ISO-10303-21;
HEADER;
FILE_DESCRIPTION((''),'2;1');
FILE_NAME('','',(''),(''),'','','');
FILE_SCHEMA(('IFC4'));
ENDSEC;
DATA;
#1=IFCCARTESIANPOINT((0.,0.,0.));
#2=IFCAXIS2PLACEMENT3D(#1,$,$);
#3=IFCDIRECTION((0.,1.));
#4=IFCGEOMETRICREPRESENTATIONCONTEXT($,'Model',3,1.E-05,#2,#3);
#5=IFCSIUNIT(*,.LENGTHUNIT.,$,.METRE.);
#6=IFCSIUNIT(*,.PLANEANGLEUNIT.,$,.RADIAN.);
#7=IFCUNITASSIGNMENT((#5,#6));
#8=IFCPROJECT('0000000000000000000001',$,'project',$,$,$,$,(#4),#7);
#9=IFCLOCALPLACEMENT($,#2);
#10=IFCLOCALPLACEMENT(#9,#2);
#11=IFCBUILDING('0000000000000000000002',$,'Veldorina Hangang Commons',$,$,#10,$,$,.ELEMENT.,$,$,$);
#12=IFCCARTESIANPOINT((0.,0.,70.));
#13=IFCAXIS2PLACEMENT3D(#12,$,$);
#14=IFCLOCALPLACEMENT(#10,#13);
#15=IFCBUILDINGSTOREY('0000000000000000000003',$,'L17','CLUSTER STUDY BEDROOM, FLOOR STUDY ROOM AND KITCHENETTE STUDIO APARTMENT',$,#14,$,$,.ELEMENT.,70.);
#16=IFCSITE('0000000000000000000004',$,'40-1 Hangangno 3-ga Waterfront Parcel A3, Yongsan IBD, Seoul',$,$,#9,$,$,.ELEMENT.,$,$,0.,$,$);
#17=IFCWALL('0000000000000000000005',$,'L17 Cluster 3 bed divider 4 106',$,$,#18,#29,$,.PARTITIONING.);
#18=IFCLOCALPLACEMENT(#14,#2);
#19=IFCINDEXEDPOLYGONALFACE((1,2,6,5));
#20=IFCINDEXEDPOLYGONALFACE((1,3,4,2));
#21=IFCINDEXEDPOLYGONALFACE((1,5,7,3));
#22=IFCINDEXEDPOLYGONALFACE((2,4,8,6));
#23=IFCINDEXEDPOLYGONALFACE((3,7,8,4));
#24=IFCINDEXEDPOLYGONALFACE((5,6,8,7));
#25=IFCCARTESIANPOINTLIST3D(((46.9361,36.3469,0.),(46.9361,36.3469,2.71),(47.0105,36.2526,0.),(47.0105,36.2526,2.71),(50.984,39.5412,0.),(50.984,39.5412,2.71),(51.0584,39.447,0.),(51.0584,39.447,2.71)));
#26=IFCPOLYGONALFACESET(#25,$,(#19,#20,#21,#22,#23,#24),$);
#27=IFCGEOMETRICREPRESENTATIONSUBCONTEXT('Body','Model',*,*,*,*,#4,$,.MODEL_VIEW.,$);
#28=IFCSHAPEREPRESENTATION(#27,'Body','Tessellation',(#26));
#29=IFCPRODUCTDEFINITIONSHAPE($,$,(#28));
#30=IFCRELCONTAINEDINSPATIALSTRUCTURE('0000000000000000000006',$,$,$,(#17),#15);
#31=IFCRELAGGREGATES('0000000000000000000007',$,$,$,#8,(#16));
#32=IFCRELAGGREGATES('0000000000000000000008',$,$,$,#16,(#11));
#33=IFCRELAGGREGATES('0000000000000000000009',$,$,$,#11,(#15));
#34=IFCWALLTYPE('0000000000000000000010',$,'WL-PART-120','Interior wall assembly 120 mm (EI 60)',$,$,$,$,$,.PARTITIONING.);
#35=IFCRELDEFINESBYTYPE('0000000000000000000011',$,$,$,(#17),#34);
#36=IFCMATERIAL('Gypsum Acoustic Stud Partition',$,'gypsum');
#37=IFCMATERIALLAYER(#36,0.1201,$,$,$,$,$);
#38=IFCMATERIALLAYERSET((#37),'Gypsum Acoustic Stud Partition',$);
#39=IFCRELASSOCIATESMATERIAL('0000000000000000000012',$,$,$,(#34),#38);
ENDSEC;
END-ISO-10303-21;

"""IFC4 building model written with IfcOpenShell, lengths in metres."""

from ifc_helpers import new_model, si_unit, direction, frame, frame_2d, origin, place, context, subcontext, project, spatial, rectangle, extrude, material, layer, layer_set, type_object, element, save


model = new_model("IFC4")

# Units and contexts
model_context = context("Model", 3, precision=1e-05, world=origin(), true_north=direction((0.0, 1.0)))
body_context = subcontext(model_context, "Body", "Model", "MODEL_VIEW")
ifc_project = project(units=[si_unit("LENGTHUNIT", "METRE"), si_unit("PLANEANGLEUNIT", "RADIAN")], contexts=[model_context])

# Site, building, storey
site_placement = place(None, origin())
site = spatial("IfcSite", under=ifc_project, at=site_placement, Name="40-1 Hangangno 3-ga Waterfront Parcel A3, Yongsan IBD, Seoul", CompositionType="ELEMENT", RefElevation=0.0)
building_placement = place(site_placement, origin())
building = spatial("IfcBuilding", under=site, at=building_placement, Name="Veldorina Hangang Commons", CompositionType="ELEMENT")
storey_placement = place(building_placement, frame((0.0, 0.0, 70.0)))
storey = spatial("IfcBuildingStorey", under=building, at=storey_placement, Name="L17", Description="CLUSTER STUDY BEDROOM, FLOOR STUDY ROOM AND KITCHENETTE STUDIO APARTMENT", CompositionType="ELEMENT", Elevation=70.0)

# Shared definitions
ifc_material_1 = material(Name="Gypsum Acoustic Stud Partition", Category="gypsum")
ifc_layer_1 = layer(ifc_material_1, 0.1201)
ifc_layer_set_1 = layer_set([ifc_layer_1], Name="Gypsum Acoustic Stud Partition")
wall_type_1 = type_object("IfcWallType", Name="WL-PART-120", Description="Interior wall assembly 120 mm (EI 60)", PredefinedType="PARTITIONING", material=ifc_layer_set_1)

# Wall
wall_1_placement = place(storey_placement, frame((46.9734, 36.2998, 0.0), z_axis=(0.0, 0.0, 1.0), x_axis=(0.785009, 0.619485, 0.0)))
element("IfcWall", 1, at=wall_1_placement, inside=storey, type_object=wall_type_1, Name="L17 Cluster 3 bed divider 4 106", PredefinedType="PARTITIONING", context=body_context, shape_type="SweptSolid", body=[
    extrude(rectangle(XDim=5.1565, YDim=0.1201, at=frame_2d((2.5781, 0.0))), origin(), (0.0, 0.0, 1.0), 2.71),
])

save(model, "model.ifc")
